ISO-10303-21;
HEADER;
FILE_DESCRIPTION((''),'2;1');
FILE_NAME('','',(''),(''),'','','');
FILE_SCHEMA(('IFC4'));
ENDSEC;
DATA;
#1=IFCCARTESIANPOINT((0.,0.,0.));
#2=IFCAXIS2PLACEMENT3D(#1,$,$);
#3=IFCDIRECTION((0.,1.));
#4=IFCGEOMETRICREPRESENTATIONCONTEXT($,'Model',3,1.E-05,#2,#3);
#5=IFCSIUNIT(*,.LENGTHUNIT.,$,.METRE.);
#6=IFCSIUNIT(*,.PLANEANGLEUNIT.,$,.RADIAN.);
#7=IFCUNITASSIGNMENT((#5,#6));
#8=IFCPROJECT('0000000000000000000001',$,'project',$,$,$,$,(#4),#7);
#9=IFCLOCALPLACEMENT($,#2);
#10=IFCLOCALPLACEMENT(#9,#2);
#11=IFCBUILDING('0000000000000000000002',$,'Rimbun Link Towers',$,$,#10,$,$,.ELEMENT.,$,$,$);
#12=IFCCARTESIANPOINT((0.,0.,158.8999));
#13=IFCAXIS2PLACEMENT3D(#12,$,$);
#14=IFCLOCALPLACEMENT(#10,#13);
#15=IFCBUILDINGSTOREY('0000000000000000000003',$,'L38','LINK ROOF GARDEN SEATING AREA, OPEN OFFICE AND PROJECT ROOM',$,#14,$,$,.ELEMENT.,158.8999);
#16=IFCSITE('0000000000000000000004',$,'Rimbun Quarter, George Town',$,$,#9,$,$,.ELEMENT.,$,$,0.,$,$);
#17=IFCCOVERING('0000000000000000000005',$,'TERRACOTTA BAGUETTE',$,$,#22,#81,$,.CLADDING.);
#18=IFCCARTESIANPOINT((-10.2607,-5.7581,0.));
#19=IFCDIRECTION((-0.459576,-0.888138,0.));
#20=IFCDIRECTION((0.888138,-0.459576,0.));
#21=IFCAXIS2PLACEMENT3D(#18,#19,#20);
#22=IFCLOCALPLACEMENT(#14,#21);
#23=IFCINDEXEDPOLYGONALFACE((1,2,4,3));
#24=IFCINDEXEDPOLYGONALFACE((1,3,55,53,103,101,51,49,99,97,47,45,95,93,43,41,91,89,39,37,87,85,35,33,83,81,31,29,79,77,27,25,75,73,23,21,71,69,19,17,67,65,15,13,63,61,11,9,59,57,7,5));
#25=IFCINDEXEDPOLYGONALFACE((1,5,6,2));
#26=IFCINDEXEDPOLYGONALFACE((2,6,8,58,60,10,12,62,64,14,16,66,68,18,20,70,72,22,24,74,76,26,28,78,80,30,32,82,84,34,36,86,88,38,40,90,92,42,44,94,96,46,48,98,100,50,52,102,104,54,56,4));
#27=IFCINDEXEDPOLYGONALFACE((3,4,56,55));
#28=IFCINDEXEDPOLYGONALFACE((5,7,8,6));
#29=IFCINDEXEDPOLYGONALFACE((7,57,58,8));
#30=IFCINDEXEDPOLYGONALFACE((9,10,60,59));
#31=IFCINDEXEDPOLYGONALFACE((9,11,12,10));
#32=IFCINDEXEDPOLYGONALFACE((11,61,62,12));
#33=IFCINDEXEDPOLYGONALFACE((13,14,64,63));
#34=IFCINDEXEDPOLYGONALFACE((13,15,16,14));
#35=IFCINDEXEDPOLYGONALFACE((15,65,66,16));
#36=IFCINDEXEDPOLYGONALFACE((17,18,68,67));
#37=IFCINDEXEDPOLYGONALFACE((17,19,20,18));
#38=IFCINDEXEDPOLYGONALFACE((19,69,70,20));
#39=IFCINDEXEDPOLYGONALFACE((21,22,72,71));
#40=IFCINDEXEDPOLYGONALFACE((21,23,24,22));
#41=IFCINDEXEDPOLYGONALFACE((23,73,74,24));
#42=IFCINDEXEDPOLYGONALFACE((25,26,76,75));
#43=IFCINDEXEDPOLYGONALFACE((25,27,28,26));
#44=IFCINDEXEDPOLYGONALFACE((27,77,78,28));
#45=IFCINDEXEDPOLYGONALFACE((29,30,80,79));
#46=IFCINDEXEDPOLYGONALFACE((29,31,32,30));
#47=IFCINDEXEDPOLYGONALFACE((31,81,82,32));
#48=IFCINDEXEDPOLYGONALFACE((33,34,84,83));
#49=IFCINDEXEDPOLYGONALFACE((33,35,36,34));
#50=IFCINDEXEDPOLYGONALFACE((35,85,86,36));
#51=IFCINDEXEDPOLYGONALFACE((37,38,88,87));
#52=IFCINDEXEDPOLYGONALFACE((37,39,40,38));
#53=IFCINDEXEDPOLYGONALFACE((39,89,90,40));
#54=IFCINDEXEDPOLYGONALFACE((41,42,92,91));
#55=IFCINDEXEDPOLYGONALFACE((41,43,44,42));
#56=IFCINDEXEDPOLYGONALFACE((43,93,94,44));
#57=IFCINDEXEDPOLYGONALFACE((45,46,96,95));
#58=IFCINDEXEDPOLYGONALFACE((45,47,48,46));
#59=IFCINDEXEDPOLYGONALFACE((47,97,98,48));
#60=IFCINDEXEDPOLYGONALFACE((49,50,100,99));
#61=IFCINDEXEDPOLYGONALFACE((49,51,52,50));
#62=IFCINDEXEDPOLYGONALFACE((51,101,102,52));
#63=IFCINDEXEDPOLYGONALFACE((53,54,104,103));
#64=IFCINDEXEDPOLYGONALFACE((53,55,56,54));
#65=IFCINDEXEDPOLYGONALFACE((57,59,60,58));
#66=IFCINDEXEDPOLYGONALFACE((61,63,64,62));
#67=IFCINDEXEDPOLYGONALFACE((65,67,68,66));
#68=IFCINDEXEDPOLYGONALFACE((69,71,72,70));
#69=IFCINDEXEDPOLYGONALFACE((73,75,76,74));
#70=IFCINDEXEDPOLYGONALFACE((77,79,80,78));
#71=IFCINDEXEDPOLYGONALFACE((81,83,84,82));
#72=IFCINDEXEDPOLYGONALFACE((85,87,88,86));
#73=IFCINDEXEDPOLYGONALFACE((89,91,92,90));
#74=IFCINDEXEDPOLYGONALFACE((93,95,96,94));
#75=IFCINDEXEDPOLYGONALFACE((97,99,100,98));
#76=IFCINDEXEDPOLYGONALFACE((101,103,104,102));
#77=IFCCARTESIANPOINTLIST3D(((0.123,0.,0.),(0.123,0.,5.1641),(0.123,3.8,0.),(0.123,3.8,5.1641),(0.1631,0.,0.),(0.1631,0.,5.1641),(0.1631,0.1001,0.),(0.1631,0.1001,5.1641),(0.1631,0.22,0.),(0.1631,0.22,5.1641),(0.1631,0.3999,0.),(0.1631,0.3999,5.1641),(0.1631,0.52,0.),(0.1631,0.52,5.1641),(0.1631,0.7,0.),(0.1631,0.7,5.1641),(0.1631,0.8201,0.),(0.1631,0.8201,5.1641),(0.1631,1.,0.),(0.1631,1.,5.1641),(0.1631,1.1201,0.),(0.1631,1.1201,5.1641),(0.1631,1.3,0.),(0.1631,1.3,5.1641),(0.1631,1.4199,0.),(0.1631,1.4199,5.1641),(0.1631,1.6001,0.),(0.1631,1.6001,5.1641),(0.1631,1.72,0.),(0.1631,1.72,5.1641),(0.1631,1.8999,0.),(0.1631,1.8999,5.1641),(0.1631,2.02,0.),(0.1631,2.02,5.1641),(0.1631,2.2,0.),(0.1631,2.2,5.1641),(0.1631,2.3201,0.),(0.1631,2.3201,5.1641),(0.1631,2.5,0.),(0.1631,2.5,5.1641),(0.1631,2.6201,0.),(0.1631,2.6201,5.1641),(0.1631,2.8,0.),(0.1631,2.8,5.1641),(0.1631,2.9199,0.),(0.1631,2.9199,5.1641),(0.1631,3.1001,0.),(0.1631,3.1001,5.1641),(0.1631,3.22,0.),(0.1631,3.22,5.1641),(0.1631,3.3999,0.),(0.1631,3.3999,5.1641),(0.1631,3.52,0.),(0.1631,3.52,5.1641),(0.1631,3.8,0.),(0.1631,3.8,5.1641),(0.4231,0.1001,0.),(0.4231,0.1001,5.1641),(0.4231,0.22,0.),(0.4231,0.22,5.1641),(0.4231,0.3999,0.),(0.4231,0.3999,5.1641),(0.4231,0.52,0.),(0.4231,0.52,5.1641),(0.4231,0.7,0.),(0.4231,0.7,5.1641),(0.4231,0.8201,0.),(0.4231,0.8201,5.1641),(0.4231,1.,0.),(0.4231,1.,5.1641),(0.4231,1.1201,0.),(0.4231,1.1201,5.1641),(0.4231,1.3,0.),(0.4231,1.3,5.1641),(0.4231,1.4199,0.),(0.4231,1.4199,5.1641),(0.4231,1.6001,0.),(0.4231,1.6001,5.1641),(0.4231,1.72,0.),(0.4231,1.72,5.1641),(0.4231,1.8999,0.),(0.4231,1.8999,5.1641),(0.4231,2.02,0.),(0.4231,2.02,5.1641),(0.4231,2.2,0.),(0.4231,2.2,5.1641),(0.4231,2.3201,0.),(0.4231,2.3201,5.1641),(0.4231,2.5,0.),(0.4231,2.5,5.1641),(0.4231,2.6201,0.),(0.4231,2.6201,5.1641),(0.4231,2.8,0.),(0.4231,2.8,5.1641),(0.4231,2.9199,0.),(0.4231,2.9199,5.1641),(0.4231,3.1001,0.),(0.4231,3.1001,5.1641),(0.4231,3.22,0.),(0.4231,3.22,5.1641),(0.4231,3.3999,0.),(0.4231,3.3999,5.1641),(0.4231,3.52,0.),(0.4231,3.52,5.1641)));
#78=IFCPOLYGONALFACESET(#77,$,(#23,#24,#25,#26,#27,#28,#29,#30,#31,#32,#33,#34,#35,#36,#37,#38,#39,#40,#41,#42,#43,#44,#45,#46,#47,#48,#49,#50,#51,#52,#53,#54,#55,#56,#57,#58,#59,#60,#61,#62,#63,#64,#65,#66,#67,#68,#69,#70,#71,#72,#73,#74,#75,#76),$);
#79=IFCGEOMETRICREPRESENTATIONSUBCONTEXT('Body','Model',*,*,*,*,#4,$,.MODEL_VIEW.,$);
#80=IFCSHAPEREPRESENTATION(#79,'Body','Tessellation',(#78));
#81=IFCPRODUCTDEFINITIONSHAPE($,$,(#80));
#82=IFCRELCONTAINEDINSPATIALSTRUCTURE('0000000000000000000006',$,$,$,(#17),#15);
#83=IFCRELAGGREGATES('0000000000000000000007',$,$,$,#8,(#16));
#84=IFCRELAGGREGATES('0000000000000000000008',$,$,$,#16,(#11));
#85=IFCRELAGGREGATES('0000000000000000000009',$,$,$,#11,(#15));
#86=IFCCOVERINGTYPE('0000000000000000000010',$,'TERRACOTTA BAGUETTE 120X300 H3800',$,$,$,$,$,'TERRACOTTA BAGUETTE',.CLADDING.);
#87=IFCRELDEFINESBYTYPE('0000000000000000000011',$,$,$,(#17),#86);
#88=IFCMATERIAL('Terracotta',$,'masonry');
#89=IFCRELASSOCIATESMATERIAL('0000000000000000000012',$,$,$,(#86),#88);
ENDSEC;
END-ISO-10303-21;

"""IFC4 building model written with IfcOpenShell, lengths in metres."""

from ifc_helpers import new_model, si_unit, direction, frame, origin, place, context, subcontext, project, spatial, polyline, outline, extrude, material, material_profile, profile_set, type_object, element, save


model = new_model("IFC4")

# Units and contexts
model_context = context("Model", 3, precision=1e-05, world=origin(), true_north=direction((0.0, 1.0)))
body_context = subcontext(model_context, "Body", "Model", "MODEL_VIEW")
ifc_project = project(units=[si_unit("LENGTHUNIT", "METRE"), si_unit("PLANEANGLEUNIT", "RADIAN")], contexts=[model_context])

# Site, building, storey
site_placement = place(None, origin())
site = spatial("IfcSite", under=ifc_project, at=site_placement, Name="Rimbun Quarter, George Town", CompositionType="ELEMENT", RefElevation=0.0)
building_placement = place(site_placement, origin())
building = spatial("IfcBuilding", under=site, at=building_placement, Name="Rimbun Link Towers", CompositionType="ELEMENT")
storey_placement = place(building_placement, frame((0.0, 0.0, 158.8999)))
storey = spatial("IfcBuildingStorey", under=building, at=storey_placement, Name="L38", Description="LINK ROOF GARDEN SEATING AREA, OPEN OFFICE AND PROJECT ROOM", CompositionType="ELEMENT", Elevation=158.8999)

# Covering
ifc_material_1 = material(Name="Terracotta", Category="masonry")
ifc_material_profile_1 = material_profile(ifc_material_1, outline(polyline([(0.123, 0.0), (0.1631, 0.0), (0.1631, 0.1001), (0.4231, 0.1001), (0.4231, 0.22), (0.1631, 0.22), (0.1631, 0.3999), (0.4231, 0.3999), (0.4231, 0.52), (0.1631, 0.52), (0.1631, 0.7), (0.4231, 0.7), (0.4231, 0.8201), (0.1631, 0.8201), (0.1631, 1.0), (0.4231, 1.0), (0.4231, 1.1201), (0.1631, 1.1201), (0.1631, 1.3), (0.4231, 1.3), (0.4231, 1.4199), (0.1631, 1.4199), (0.1631, 1.6001), (0.4231, 1.6001), (0.4231, 1.72), (0.1631, 1.72), (0.1631, 1.8999), (0.4231, 1.8999), (0.4231, 2.02), (0.1631, 2.02), (0.1631, 2.2), (0.4231, 2.2), (0.4231, 2.3201), (0.1631, 2.3201), (0.1631, 2.5), (0.4231, 2.5), (0.4231, 2.6201), (0.1631, 2.6201), (0.1631, 2.8), (0.4231, 2.8), (0.4231, 2.9199), (0.1631, 2.9199), (0.1631, 3.1001), (0.4231, 3.1001), (0.4231, 3.22), (0.1631, 3.22), (0.1631, 3.3999), (0.4231, 3.3999), (0.4231, 3.52), (0.1631, 3.52), (0.1631, 3.8), (0.123, 3.8), (0.123, 0.0)])), Name="BAGUETTE 120X300")
ifc_profile_set_1 = profile_set([ifc_material_profile_1], Name="Terracotta")
covering_type = type_object("IfcCoveringType", Name="TERRACOTTA BAGUETTE 120X300 H3800", ElementType="TERRACOTTA BAGUETTE", PredefinedType="CLADDING", material=ifc_profile_set_1)
covering_placement = place(storey_placement, frame((-10.2607, -5.7581, 0.0), z_axis=(-0.459576, -0.888138, 0.0), x_axis=(0.888138, -0.459576, 0.0)))
element("IfcCovering", 1, at=covering_placement, inside=storey, type_object=covering_type, Name="TERRACOTTA BAGUETTE", PredefinedType="CLADDING", context=body_context, shape_type="SweptSolid", body=[
    extrude(outline(polyline([(0.123, 0.0), (0.1631, 0.0), (0.1631, 0.1001), (0.4231, 0.1001), (0.4231, 0.22), (0.1631, 0.22), (0.1631, 0.3999), (0.4231, 0.3999), (0.4231, 0.52), (0.1631, 0.52), (0.1631, 0.7), (0.4231, 0.7), (0.4231, 0.8201), (0.1631, 0.8201), (0.1631, 1.0), (0.4231, 1.0), (0.4231, 1.1201), (0.1631, 1.1201), (0.1631, 1.3), (0.4231, 1.3), (0.4231, 1.4199), (0.1631, 1.4199), (0.1631, 1.6001), (0.4231, 1.6001), (0.4231, 1.72), (0.1631, 1.72), (0.1631, 1.8999), (0.4231, 1.8999), (0.4231, 2.02), (0.1631, 2.02), (0.1631, 2.2), (0.4231, 2.2), (0.4231, 2.3201), (0.1631, 2.3201), (0.1631, 2.5), (0.4231, 2.5), (0.4231, 2.6201), (0.1631, 2.6201), (0.1631, 2.8), (0.4231, 2.8), (0.4231, 2.9199), (0.1631, 2.9199), (0.1631, 3.1001), (0.4231, 3.1001), (0.4231, 3.22), (0.1631, 3.22), (0.1631, 3.3999), (0.4231, 3.3999), (0.4231, 3.52), (0.1631, 3.52), (0.1631, 3.8), (0.123, 3.8), (0.123, 0.0)])), origin(), (0.0, 0.0, 1.0), 5.1641),
])

save(model, "model.ifc")
